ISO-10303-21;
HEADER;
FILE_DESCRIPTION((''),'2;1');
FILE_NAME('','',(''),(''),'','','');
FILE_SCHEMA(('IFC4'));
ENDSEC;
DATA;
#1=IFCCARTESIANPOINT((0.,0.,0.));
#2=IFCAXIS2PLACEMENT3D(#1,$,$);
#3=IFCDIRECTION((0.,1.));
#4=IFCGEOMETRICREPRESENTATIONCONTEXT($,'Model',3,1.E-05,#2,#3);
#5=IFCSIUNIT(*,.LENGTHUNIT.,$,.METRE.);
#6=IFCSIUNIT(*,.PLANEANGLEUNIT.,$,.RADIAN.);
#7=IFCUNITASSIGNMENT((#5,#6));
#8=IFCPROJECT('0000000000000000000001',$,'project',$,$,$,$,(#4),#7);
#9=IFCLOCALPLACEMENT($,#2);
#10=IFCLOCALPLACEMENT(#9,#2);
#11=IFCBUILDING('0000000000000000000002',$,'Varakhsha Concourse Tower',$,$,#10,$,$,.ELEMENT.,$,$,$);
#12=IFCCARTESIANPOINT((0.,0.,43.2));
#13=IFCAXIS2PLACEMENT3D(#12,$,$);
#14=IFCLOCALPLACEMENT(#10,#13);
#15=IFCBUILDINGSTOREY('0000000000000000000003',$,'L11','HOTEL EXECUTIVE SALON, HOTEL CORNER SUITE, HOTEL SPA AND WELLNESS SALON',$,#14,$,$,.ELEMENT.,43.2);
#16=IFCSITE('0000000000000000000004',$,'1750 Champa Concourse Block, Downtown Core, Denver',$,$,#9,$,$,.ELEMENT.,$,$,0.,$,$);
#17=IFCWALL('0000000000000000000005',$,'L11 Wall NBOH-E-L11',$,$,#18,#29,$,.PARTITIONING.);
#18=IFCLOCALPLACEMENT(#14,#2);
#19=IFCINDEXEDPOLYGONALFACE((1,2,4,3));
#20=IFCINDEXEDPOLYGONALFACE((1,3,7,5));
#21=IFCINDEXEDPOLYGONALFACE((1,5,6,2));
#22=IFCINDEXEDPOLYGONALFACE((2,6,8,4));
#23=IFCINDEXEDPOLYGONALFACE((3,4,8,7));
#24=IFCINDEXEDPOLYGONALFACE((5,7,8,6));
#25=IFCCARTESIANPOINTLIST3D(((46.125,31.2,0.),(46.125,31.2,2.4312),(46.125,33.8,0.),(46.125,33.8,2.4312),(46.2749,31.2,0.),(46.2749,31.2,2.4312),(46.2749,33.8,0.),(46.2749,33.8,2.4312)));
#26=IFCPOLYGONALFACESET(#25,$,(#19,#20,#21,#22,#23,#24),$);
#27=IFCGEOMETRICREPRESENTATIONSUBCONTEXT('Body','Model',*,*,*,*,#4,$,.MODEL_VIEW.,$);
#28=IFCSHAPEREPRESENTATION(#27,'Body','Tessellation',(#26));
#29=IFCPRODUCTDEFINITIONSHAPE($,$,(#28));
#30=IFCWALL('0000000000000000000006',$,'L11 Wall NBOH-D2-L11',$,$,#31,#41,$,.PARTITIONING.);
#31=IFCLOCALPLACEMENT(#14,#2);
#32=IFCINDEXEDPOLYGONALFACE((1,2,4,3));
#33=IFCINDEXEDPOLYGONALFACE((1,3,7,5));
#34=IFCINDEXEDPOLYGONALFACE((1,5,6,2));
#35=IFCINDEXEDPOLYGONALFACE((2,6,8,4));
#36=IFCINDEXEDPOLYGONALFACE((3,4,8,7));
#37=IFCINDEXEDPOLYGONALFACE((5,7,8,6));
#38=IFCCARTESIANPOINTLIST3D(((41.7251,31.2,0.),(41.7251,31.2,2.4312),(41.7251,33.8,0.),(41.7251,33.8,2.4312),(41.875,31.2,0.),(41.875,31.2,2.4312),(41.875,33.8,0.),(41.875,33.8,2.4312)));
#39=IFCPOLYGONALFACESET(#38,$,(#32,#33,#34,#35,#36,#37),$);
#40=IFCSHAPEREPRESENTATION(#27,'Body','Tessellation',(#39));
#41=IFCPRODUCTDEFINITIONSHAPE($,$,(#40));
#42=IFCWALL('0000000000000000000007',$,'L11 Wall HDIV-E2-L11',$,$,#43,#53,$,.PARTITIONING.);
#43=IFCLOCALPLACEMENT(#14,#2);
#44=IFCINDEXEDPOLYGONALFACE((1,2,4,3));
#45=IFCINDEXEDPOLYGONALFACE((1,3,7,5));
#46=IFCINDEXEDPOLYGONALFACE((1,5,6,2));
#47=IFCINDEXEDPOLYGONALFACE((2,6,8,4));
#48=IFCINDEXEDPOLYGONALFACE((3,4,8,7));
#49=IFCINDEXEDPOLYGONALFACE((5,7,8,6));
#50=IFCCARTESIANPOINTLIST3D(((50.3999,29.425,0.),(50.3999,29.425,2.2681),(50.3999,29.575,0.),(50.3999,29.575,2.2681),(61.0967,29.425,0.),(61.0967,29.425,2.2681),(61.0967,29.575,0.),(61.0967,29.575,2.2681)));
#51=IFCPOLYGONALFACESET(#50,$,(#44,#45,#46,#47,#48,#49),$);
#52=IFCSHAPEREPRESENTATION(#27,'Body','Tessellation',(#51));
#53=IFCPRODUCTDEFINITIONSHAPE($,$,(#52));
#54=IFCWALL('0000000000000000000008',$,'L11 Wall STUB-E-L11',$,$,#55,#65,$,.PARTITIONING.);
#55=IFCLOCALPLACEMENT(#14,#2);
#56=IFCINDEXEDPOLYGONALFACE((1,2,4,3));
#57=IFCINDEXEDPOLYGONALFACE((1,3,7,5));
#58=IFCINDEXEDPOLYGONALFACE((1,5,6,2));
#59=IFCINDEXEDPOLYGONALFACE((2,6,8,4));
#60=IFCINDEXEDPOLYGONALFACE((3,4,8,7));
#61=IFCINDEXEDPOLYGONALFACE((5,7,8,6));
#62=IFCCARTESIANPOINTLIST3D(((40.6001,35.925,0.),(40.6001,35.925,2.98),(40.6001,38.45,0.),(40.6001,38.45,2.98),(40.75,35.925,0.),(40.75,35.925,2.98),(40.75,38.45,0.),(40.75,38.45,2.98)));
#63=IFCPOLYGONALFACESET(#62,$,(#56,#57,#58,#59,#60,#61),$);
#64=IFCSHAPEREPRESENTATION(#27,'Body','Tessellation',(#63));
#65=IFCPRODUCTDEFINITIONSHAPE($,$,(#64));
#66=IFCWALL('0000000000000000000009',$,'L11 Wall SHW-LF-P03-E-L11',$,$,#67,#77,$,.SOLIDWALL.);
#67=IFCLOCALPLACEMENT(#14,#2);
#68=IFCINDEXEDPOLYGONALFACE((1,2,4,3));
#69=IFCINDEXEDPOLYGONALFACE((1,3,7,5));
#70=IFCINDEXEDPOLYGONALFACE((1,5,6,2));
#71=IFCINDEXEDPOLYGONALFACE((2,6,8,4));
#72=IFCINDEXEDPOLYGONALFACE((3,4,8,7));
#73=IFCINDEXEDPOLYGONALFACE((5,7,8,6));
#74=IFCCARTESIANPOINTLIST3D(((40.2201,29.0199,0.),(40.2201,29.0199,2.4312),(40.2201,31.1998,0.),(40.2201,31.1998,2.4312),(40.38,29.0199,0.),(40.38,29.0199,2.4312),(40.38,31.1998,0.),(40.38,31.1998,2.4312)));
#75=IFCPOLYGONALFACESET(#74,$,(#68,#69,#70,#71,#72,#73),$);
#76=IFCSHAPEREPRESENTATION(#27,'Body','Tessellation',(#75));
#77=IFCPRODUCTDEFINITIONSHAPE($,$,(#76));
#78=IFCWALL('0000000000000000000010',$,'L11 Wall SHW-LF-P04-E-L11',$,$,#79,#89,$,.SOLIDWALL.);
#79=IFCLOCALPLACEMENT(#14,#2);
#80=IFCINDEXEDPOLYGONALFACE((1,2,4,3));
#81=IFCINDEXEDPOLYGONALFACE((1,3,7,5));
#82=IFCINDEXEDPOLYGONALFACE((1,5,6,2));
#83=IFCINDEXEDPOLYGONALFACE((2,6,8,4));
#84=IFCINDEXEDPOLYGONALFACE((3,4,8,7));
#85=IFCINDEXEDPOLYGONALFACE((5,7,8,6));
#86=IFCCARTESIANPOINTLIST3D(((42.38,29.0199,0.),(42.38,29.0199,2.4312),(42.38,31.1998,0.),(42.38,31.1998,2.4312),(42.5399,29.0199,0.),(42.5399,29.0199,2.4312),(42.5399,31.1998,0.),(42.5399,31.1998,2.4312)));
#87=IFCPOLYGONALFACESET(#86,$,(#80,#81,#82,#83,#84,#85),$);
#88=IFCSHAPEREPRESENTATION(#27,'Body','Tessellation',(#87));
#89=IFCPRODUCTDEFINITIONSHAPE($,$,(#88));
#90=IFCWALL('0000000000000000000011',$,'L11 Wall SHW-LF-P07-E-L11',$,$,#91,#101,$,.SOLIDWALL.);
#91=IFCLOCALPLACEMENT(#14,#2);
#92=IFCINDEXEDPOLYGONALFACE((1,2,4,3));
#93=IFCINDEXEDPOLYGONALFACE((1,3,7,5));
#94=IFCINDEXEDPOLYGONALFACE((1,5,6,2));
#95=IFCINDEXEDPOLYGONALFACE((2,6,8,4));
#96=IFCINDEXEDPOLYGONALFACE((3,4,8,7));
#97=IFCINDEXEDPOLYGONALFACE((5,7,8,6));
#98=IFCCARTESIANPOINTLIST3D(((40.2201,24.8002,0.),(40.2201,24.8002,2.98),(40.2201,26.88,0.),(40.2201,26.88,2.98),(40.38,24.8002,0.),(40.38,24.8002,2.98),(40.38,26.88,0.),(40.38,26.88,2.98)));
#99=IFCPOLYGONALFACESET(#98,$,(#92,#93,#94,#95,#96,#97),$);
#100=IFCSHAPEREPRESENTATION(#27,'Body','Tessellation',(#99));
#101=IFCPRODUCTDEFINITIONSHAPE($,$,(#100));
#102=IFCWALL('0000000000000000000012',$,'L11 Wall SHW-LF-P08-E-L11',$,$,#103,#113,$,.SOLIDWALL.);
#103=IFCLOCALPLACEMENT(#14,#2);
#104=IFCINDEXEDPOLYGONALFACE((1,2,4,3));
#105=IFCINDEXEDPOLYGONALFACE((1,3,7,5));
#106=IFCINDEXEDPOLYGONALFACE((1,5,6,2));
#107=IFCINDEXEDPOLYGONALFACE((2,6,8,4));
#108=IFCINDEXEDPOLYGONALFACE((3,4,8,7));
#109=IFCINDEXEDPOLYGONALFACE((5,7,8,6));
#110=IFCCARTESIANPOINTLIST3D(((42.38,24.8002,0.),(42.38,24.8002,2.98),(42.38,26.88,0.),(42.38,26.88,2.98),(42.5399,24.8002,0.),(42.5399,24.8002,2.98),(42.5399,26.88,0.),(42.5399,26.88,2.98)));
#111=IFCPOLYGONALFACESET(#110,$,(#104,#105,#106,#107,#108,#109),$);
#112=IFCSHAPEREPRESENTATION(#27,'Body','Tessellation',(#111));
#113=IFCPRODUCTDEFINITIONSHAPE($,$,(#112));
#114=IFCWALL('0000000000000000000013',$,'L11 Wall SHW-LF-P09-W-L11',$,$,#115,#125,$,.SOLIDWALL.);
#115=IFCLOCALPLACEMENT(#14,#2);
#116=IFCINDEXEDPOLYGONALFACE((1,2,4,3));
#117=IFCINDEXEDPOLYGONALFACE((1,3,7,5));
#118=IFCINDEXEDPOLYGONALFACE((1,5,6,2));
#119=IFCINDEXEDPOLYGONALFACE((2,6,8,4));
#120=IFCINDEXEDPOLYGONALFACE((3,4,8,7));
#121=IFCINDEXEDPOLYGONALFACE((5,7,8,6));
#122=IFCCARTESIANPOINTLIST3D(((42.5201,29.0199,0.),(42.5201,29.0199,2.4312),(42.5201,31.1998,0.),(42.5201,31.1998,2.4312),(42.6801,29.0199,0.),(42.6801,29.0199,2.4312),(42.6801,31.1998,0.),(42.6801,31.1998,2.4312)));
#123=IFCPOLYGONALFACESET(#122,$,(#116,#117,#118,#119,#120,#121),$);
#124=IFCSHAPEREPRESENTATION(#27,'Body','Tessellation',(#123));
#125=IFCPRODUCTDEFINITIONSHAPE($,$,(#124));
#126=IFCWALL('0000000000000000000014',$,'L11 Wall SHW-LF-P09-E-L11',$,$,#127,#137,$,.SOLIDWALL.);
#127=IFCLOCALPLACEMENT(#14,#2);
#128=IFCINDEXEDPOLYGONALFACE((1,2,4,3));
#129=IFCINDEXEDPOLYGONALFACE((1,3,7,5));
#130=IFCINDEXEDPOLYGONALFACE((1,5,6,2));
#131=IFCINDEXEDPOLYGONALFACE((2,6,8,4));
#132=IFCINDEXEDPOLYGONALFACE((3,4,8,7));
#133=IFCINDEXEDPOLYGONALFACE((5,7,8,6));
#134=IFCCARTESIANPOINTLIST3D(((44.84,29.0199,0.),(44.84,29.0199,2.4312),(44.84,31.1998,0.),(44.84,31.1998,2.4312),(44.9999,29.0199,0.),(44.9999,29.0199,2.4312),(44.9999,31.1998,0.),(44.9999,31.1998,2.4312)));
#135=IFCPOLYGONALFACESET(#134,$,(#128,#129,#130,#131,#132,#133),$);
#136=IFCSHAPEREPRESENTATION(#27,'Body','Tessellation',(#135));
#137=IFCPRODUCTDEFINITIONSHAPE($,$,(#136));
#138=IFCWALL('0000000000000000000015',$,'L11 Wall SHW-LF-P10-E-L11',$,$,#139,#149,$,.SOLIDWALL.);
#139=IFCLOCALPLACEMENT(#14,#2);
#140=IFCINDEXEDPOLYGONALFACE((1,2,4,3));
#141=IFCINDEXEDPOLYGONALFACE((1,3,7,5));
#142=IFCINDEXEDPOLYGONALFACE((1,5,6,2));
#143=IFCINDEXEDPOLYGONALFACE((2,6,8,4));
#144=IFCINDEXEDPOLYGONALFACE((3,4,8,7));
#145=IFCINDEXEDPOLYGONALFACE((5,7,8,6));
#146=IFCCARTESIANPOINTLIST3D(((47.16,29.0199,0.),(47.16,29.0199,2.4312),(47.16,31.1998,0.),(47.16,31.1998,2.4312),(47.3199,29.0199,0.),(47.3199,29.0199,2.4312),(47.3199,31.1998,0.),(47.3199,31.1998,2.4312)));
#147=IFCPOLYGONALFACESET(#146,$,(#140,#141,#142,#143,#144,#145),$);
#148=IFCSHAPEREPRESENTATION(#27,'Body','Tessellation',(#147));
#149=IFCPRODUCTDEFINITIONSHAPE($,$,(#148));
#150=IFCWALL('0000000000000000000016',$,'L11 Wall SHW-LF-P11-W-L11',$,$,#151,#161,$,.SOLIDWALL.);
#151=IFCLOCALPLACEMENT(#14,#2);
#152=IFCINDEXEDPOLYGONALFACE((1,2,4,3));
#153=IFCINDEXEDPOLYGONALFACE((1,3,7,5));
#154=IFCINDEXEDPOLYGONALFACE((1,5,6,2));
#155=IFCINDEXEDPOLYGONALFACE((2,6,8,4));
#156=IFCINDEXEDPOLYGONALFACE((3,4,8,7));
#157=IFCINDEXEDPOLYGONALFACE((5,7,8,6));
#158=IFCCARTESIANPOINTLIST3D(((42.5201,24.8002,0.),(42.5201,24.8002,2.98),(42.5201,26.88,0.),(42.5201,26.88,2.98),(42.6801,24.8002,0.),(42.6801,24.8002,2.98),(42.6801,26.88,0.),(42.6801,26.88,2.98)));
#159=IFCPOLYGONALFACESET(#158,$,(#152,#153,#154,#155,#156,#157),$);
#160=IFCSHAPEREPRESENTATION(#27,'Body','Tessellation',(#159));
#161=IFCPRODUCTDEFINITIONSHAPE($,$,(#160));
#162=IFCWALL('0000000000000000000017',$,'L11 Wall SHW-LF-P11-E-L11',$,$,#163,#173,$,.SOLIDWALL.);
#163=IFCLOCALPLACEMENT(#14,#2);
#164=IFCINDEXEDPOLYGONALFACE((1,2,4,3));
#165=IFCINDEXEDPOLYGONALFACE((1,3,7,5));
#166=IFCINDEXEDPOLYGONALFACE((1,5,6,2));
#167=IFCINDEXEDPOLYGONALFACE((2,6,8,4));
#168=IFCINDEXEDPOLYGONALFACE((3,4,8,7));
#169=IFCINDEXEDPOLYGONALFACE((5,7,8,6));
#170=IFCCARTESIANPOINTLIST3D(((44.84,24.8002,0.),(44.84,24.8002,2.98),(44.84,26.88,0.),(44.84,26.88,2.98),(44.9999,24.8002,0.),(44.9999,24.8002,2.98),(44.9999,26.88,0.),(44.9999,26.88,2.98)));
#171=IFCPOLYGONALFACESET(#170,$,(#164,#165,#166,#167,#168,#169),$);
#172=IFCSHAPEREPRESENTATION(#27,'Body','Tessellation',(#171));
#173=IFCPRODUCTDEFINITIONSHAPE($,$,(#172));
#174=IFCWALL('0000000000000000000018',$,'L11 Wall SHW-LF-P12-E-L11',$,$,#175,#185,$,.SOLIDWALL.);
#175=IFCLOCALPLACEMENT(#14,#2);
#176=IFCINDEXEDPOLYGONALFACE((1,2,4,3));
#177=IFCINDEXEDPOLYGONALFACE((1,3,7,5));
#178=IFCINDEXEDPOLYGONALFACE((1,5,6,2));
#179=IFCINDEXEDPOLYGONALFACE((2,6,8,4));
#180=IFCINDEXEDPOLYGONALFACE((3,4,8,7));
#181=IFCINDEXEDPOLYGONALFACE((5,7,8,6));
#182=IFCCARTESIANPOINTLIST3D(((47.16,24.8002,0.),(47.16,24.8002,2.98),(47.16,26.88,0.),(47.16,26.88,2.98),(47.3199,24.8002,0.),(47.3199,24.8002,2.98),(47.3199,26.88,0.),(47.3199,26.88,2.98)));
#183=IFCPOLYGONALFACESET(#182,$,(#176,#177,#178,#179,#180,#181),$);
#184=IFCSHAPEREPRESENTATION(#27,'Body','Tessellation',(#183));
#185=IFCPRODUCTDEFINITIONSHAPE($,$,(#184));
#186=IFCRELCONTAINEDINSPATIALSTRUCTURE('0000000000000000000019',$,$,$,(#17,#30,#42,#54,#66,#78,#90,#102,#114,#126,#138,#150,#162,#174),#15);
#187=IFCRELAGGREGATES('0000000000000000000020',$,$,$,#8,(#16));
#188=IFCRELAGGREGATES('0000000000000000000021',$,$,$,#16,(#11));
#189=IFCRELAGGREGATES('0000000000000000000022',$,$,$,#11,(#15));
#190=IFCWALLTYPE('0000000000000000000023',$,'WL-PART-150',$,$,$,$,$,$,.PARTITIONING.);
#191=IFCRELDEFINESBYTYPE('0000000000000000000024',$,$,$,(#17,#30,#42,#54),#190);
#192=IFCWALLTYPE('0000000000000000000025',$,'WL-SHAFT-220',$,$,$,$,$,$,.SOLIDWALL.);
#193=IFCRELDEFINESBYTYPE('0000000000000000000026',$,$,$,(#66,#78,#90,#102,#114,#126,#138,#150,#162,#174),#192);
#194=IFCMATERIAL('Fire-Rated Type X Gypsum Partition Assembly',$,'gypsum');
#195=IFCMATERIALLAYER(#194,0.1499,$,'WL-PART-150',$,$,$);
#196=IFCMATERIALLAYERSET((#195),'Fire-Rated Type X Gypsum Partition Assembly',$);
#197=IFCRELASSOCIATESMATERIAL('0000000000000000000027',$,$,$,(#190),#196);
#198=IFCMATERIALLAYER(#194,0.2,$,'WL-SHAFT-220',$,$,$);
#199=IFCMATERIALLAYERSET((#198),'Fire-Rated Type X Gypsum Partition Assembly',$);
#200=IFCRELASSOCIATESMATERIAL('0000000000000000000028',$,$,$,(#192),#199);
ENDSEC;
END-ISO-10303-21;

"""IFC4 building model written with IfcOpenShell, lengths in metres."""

from ifc_helpers import new_model, si_unit, direction, frame, frame_2d, origin, place, context, subcontext, project, spatial, rectangle, extrude, material, layer, layer_set, type_object, element, save


model = new_model("IFC4")

# Units and contexts
model_context = context("Model", 3, precision=1e-05, world=origin(), true_north=direction((0.0, 1.0)))
body_context = subcontext(model_context, "Body", "Model", "MODEL_VIEW")
ifc_project = project(units=[si_unit("LENGTHUNIT", "METRE"), si_unit("PLANEANGLEUNIT", "RADIAN")], contexts=[model_context])

# Site, building, storey
site_placement = place(None, origin())
site = spatial("IfcSite", under=ifc_project, at=site_placement, Name="1750 Champa Concourse Block, Downtown Core, Denver", CompositionType="ELEMENT", RefElevation=0.0)
building_placement = place(site_placement, origin())
building = spatial("IfcBuilding", under=site, at=building_placement, Name="Varakhsha Concourse Tower", CompositionType="ELEMENT")
storey_placement = place(building_placement, frame((0.0, 0.0, 43.2)))
storey = spatial("IfcBuildingStorey", under=building, at=storey_placement, Name="L11", Description="HOTEL EXECUTIVE SALON, HOTEL CORNER SUITE, HOTEL SPA AND WELLNESS SALON", CompositionType="ELEMENT", Elevation=43.2)

# Walls
ifc_material_1 = material(Name="Fire-Rated Type X Gypsum Partition Assembly", Category="gypsum")
ifc_layer_1 = layer(ifc_material_1, 0.1499, Name="WL-PART-150")
ifc_layer_set_1 = layer_set([ifc_layer_1], Name="Fire-Rated Type X Gypsum Partition Assembly")
wall_type_1 = type_object("IfcWallType", Name="WL-PART-150", PredefinedType="PARTITIONING", material=ifc_layer_set_1)
for number, where, z_axis, x_axis, name in (
    (1, (46.2, 31.2, 0.0), (0.0, 0.0, 1.0), (0.0, 1.0, 0.0), "L11 Wall NBOH-E-L11"),
    (2, (41.8, 31.2, 0.0), (0.0, 0.0, 1.0), (0.0, 1.0, 0.0), "L11 Wall NBOH-D2-L11"),
):
    element("IfcWall", number, at=place(storey_placement, frame(where, z_axis=z_axis, x_axis=x_axis)), inside=storey, type_object=wall_type_1, Name=name, PredefinedType="PARTITIONING", context=body_context, shape_type="SweptSolid", body=[
        extrude(rectangle(XDim=2.6001, YDim=0.1499, at=frame_2d((1.3, 0.0))), origin(), (0.0, 0.0, 1.0), 2.4312),
    ])
wall_1_placement = place(storey_placement, frame((50.3999, 29.5, 0.0), z_axis=(0.0, 0.0, 1.0), x_axis=(1.0, 0.0, 0.0)))
element("IfcWall", 3, at=wall_1_placement, inside=storey, type_object=wall_type_1, Name="L11 Wall HDIV-E2-L11", PredefinedType="PARTITIONING", context=body_context, shape_type="SweptSolid", body=[
    extrude(rectangle(XDim=10.6968, YDim=0.1499, at=frame_2d((5.3484, 0.0))), origin(), (0.0, 0.0, 1.0), 2.2681),
])
wall_2_placement = place(storey_placement, frame((40.675, 35.925, 0.0), z_axis=(0.0, 0.0, 1.0), x_axis=(0.0, 1.0, 0.0)))
element("IfcWall", 4, at=wall_2_placement, inside=storey, type_object=wall_type_1, Name="L11 Wall STUB-E-L11", PredefinedType="PARTITIONING", context=body_context, shape_type="SweptSolid", body=[
    extrude(rectangle(XDim=2.5249, YDim=0.1499, at=frame_2d((1.2625, 0.0))), origin(), (0.0, 0.0, 1.0), 2.98),
])
ifc_layer_2 = layer(ifc_material_1, 0.2, Name="WL-SHAFT-220")
ifc_layer_set_2 = layer_set([ifc_layer_2], Name="Fire-Rated Type X Gypsum Partition Assembly")
wall_type_2 = type_object("IfcWallType", Name="WL-SHAFT-220", PredefinedType="SOLIDWALL", material=ifc_layer_set_2)
for number, where, z_axis, x_axis, name in (
    (5, (40.3, 29.02, 0.0), (0.0, 0.0, 1.0), (0.0, 1.0, 0.0), "L11 Wall SHW-LF-P03-E-L11"),
    (6, (42.46, 29.02, 0.0), (0.0, 0.0, 1.0), (0.0, 1.0, 0.0), "L11 Wall SHW-LF-P04-E-L11"),
):
    element("IfcWall", number, at=place(storey_placement, frame(where, z_axis=z_axis, x_axis=x_axis)), inside=storey, type_object=wall_type_2, Name=name, PredefinedType="SOLIDWALL", context=body_context, shape_type="SweptSolid", body=[
        extrude(rectangle(XDim=2.1799, YDim=0.1599, at=frame_2d((1.0898, 0.0))), origin(), (0.0, 0.0, 1.0), 2.4312),
    ])
for number, where, z_axis, x_axis, name in (
    (7, (40.3, 24.8, 0.0), (0.0, 0.0, 1.0), (0.0, 1.0, 0.0), "L11 Wall SHW-LF-P07-E-L11"),
    (8, (42.46, 24.8, 0.0), (0.0, 0.0, 1.0), (0.0, 1.0, 0.0), "L11 Wall SHW-LF-P08-E-L11"),
):
    element("IfcWall", number, at=place(storey_placement, frame(where, z_axis=z_axis, x_axis=x_axis)), inside=storey, type_object=wall_type_2, Name=name, PredefinedType="SOLIDWALL", context=body_context, shape_type="SweptSolid", body=[
        extrude(rectangle(XDim=2.0798, YDim=0.1599, at=frame_2d((1.04, 0.0))), origin(), (0.0, 0.0, 1.0), 2.98),
    ])
for number, where, z_axis, x_axis, name in (
    (9, (42.6001, 29.02, 0.0), (0.0, 0.0, 1.0), (0.0, 1.0, 0.0), "L11 Wall SHW-LF-P09-W-L11"),
    (10, (44.9199, 29.02, 0.0), (0.0, 0.0, 1.0), (0.0, 1.0, 0.0), "L11 Wall SHW-LF-P09-E-L11"),
    (11, (47.24, 29.02, 0.0), (0.0, 0.0, 1.0), (0.0, 1.0, 0.0), "L11 Wall SHW-LF-P10-E-L11"),
):
    element("IfcWall", number, at=place(storey_placement, frame(where, z_axis=z_axis, x_axis=x_axis)), inside=storey, type_object=wall_type_2, Name=name, PredefinedType="SOLIDWALL", context=body_context, shape_type="SweptSolid", body=[
        extrude(rectangle(XDim=2.1799, YDim=0.1599, at=frame_2d((1.0898, 0.0))), origin(), (0.0, 0.0, 1.0), 2.4312),
    ])
for number, where, z_axis, x_axis, name in (
    (12, (42.6001, 24.8, 0.0), (0.0, 0.0, 1.0), (0.0, 1.0, 0.0), "L11 Wall SHW-LF-P11-W-L11"),
    (13, (44.9199, 24.8, 0.0), (0.0, 0.0, 1.0), (0.0, 1.0, 0.0), "L11 Wall SHW-LF-P11-E-L11"),
    (14, (47.24, 24.8, 0.0), (0.0, 0.0, 1.0), (0.0, 1.0, 0.0), "L11 Wall SHW-LF-P12-E-L11"),
):
    element("IfcWall", number, at=place(storey_placement, frame(where, z_axis=z_axis, x_axis=x_axis)), inside=storey, type_object=wall_type_2, Name=name, PredefinedType="SOLIDWALL", context=body_context, shape_type="SweptSolid", body=[
        extrude(rectangle(XDim=2.0798, YDim=0.1599, at=frame_2d((1.04, 0.0))), origin(), (0.0, 0.0, 1.0), 2.98),
    ])

save(model, "model.ifc")
